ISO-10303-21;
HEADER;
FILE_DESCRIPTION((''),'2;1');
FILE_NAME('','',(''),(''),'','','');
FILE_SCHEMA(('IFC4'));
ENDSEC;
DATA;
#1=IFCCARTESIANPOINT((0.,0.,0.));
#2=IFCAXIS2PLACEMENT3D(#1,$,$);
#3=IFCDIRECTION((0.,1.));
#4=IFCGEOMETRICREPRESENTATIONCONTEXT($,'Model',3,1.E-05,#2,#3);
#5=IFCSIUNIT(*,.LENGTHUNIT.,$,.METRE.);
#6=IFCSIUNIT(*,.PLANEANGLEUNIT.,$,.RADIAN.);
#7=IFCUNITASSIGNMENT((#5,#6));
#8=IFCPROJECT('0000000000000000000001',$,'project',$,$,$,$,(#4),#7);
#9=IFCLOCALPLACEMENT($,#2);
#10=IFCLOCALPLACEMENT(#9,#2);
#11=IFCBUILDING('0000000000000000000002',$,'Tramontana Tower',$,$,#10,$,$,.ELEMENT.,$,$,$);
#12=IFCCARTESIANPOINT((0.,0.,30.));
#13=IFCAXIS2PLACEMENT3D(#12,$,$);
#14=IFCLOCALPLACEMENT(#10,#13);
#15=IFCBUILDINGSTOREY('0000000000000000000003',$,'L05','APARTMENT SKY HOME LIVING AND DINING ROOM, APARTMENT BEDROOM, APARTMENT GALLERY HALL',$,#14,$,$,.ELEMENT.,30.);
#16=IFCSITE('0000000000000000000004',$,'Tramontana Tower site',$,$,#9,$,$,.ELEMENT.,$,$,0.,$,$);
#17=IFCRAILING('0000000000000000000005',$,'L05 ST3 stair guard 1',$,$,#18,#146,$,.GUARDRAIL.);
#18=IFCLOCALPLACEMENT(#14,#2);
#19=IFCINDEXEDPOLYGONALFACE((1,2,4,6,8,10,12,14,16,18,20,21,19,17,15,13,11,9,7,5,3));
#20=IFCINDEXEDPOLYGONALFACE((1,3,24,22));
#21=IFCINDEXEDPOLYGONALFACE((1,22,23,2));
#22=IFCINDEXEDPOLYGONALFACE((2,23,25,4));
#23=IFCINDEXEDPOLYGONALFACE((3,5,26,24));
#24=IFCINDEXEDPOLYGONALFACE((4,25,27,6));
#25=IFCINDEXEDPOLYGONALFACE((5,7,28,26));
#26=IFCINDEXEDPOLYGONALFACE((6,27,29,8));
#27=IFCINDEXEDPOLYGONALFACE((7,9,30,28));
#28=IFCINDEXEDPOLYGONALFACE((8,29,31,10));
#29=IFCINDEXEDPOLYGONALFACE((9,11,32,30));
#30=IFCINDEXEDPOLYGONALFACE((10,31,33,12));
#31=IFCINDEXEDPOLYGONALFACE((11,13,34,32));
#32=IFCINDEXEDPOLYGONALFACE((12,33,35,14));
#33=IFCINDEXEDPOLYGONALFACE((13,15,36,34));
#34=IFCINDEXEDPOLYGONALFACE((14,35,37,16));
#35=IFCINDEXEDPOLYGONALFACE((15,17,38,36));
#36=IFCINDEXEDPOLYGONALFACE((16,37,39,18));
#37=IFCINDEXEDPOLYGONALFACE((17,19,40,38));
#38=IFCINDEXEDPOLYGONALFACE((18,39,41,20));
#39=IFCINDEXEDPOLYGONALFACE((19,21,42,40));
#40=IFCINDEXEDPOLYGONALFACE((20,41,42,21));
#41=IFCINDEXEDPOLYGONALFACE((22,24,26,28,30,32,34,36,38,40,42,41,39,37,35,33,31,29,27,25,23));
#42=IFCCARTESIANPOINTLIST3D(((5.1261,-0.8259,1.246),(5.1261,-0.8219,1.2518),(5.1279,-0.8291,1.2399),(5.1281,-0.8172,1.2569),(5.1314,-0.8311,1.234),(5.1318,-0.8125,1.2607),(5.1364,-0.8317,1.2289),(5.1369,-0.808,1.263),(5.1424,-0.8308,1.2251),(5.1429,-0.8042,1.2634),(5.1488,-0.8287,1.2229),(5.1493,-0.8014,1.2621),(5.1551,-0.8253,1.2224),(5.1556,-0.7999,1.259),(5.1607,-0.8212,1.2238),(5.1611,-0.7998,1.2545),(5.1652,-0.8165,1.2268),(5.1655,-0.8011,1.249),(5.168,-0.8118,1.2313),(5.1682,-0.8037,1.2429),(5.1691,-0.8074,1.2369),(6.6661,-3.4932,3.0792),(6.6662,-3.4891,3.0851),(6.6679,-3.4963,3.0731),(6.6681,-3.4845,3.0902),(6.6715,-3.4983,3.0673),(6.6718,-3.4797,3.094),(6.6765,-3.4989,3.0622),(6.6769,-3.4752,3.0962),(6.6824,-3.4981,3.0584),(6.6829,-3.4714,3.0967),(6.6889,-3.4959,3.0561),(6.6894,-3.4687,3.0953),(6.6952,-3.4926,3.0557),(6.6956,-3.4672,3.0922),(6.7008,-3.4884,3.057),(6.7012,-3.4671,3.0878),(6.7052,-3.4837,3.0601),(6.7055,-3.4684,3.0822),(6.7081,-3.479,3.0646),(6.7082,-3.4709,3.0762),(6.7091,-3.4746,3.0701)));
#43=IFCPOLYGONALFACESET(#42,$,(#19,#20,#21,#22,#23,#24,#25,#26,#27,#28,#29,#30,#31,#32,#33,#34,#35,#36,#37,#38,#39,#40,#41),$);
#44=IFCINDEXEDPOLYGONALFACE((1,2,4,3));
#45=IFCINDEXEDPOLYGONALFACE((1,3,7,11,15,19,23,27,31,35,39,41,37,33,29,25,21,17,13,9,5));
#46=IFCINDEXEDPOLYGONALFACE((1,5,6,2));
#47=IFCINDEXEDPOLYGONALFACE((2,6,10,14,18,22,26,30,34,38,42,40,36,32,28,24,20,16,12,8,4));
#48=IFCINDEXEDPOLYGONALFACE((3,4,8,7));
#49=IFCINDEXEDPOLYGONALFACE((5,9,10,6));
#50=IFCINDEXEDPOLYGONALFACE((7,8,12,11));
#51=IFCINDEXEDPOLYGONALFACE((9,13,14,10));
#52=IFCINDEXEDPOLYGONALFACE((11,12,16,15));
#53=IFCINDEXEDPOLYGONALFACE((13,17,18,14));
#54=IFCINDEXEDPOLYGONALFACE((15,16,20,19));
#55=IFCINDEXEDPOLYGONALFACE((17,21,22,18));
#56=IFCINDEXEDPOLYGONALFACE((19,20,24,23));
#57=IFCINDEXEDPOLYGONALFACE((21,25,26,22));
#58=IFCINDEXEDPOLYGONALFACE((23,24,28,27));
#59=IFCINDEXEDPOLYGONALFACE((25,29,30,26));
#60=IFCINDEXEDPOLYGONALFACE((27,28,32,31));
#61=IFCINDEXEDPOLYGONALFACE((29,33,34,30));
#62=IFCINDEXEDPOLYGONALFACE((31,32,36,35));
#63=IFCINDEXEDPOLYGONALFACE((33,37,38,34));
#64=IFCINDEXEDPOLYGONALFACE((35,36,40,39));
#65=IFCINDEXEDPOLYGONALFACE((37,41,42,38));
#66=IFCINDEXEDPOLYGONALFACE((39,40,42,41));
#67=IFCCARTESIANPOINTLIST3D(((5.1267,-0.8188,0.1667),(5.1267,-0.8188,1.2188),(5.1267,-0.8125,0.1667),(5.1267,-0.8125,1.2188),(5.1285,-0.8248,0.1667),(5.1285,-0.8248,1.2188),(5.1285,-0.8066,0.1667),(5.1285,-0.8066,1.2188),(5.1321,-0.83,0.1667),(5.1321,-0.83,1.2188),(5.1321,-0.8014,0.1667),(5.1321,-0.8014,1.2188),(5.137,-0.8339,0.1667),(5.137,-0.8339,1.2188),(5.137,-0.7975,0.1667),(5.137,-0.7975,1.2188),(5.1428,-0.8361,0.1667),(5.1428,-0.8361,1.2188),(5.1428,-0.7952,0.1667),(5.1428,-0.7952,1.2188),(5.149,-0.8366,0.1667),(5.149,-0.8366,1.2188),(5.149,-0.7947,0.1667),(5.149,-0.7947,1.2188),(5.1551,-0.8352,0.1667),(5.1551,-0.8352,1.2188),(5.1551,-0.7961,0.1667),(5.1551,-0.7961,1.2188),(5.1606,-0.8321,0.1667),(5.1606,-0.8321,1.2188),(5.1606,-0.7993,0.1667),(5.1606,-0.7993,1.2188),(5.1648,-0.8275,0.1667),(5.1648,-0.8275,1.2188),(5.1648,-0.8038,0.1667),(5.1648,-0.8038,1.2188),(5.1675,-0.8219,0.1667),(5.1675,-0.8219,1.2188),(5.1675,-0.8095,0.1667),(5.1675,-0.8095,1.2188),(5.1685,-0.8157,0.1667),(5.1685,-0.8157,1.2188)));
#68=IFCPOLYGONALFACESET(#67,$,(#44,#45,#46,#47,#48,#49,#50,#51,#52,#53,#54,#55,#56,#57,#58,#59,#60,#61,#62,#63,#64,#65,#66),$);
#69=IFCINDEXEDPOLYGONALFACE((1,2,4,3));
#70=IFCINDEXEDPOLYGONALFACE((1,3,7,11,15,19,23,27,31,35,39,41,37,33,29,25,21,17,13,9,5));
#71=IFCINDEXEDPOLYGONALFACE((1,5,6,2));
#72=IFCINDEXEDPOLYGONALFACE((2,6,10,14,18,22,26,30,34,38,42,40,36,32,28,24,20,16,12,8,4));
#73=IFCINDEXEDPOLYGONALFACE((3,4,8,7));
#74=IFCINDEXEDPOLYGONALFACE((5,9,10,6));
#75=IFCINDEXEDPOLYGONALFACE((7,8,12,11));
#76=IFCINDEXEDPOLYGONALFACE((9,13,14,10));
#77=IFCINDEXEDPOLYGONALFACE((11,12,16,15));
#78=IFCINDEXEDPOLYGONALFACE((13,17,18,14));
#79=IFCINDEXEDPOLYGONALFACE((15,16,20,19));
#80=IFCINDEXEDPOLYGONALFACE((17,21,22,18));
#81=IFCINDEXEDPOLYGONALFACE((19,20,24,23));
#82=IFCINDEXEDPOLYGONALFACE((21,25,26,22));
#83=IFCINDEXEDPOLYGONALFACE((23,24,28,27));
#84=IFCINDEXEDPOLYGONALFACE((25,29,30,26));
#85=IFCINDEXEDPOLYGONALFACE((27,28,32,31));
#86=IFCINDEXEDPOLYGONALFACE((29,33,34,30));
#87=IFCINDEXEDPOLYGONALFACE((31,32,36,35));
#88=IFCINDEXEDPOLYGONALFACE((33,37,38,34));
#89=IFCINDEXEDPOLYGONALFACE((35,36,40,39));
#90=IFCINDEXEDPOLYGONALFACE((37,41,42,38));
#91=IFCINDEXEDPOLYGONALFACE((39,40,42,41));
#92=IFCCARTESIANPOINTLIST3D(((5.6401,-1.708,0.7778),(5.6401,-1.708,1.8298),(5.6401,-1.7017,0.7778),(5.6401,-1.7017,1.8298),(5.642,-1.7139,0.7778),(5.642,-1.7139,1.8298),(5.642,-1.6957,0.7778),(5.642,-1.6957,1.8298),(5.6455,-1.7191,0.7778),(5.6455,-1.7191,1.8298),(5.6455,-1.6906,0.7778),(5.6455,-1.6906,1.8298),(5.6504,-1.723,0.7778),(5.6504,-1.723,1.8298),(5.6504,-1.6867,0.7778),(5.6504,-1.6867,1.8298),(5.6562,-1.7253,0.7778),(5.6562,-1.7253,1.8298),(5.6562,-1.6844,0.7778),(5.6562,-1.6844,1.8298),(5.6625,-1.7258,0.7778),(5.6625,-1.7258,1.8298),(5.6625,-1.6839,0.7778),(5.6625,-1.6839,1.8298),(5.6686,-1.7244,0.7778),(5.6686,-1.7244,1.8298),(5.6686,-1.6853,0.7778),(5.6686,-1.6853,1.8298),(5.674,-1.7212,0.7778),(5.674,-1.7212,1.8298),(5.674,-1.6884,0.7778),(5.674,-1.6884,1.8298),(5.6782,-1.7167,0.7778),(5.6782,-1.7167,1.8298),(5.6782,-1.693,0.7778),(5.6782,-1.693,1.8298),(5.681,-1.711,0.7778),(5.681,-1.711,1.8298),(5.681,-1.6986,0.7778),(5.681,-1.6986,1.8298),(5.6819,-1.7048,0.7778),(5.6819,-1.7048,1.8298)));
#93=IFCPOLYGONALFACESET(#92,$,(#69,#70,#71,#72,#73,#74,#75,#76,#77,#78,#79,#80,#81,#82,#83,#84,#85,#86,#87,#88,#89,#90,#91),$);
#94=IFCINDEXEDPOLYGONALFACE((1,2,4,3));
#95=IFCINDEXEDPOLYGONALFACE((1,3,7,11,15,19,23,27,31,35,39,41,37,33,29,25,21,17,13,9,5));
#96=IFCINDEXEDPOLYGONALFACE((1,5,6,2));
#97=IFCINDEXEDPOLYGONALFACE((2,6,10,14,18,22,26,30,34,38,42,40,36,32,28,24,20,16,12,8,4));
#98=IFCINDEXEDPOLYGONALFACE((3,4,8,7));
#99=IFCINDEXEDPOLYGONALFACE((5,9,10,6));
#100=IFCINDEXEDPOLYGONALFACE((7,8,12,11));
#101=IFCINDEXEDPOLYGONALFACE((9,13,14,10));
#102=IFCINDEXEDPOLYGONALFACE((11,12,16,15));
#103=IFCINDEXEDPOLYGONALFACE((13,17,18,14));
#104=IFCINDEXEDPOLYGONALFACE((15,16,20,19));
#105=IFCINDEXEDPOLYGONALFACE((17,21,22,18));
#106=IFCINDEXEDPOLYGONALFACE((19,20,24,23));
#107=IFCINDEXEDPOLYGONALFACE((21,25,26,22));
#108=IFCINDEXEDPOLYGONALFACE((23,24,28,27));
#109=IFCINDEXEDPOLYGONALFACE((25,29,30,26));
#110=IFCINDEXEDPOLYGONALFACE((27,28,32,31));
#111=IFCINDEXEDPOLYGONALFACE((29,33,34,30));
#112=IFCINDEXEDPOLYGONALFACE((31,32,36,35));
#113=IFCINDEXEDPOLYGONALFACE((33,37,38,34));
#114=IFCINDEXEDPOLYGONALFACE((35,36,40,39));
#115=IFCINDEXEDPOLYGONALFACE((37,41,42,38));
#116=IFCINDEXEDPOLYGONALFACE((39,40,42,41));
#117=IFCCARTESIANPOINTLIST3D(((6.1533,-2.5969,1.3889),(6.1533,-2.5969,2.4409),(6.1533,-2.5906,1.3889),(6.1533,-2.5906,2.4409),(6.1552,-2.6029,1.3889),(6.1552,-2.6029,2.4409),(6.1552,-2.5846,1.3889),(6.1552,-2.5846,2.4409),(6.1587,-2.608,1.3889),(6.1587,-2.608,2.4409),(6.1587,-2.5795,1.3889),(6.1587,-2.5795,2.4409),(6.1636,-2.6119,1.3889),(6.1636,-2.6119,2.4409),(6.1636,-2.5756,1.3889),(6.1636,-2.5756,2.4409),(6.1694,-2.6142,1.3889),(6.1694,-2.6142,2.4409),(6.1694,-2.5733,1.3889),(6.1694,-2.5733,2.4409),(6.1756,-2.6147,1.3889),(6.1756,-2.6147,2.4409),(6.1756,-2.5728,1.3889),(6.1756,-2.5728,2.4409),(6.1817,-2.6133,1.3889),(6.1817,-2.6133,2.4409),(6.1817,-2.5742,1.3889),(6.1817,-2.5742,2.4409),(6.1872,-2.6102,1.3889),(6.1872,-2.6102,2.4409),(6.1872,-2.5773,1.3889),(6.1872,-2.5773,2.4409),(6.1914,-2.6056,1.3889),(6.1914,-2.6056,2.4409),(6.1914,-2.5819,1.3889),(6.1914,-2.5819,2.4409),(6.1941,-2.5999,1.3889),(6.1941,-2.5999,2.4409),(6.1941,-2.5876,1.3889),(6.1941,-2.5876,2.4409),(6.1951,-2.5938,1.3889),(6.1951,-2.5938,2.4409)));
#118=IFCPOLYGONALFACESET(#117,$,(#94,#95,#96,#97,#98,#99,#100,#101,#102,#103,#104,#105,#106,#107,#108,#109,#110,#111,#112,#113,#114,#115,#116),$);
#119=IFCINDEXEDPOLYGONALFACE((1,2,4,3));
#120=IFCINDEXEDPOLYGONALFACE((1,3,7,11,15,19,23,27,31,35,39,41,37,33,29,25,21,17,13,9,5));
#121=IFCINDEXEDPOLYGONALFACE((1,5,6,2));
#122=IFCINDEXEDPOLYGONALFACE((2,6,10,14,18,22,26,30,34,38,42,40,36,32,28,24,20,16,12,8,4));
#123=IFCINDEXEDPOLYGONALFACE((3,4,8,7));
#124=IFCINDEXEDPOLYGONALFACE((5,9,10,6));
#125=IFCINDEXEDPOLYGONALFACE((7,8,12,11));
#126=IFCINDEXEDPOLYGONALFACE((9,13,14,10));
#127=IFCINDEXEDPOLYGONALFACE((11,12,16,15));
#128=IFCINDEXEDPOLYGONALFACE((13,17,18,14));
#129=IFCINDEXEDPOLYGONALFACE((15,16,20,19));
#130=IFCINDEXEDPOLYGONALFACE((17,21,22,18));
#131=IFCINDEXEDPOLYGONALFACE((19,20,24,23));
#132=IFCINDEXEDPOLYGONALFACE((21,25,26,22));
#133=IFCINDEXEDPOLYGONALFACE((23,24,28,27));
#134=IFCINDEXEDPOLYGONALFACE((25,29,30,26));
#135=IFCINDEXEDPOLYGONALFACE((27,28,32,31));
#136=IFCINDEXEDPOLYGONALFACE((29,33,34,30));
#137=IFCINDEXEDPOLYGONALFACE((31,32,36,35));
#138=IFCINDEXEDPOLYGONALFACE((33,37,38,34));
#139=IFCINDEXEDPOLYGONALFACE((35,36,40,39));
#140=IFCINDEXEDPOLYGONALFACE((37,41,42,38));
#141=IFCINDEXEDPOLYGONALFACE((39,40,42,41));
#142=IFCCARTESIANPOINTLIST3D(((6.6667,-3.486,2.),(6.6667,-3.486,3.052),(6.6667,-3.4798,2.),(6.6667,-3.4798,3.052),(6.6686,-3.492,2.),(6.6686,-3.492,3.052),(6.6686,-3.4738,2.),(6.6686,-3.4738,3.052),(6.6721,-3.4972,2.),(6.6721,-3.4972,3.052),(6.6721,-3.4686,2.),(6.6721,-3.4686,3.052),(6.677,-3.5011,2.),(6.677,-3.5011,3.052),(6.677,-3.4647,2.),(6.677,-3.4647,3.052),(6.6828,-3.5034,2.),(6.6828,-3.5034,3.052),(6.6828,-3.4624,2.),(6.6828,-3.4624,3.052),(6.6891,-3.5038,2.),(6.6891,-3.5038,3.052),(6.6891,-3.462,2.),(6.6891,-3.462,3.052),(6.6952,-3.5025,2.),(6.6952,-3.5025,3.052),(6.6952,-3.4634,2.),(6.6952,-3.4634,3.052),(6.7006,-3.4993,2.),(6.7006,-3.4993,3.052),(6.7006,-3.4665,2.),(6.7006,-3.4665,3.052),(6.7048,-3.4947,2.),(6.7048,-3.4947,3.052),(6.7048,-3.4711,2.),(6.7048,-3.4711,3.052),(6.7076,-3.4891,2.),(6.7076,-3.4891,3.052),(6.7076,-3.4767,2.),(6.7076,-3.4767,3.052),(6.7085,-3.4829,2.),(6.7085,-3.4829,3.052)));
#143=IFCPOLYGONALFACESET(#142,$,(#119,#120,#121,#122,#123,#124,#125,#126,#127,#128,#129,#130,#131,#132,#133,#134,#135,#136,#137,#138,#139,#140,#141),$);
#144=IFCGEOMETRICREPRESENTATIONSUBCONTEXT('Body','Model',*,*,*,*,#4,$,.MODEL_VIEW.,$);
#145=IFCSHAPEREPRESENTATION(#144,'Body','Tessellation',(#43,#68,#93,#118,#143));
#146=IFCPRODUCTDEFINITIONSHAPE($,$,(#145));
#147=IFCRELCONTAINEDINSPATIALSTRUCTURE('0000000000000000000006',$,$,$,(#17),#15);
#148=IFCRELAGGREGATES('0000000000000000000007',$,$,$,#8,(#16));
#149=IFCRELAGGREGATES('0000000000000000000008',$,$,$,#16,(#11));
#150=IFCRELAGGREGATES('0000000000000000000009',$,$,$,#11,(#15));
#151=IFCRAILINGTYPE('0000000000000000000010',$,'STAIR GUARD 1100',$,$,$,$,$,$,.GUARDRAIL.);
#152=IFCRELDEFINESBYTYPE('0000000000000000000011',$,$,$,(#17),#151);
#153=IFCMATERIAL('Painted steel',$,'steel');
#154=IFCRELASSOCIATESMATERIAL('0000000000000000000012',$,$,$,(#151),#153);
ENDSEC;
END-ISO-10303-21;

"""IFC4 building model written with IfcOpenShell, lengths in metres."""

from ifc_helpers import new_model, si_unit, direction, frame, origin, origin_2d, place, context, subcontext, project, spatial, circle, extrude, material, type_object, element, save


model = new_model("IFC4")

# Units and contexts
model_context = context("Model", 3, precision=1e-05, world=origin(), true_north=direction((0.0, 1.0)))
body_context = subcontext(model_context, "Body", "Model", "MODEL_VIEW")
ifc_project = project(units=[si_unit("LENGTHUNIT", "METRE"), si_unit("PLANEANGLEUNIT", "RADIAN")], contexts=[model_context])

# Site, building, storey
site_placement = place(None, origin())
site = spatial("IfcSite", under=ifc_project, at=site_placement, Name="Tramontana Tower site", CompositionType="ELEMENT", RefElevation=0.0)
building_placement = place(site_placement, origin())
building = spatial("IfcBuilding", under=site, at=building_placement, Name="Tramontana Tower", CompositionType="ELEMENT")
storey_placement = place(building_placement, frame((0.0, 0.0, 30.0)))
storey = spatial("IfcBuildingStorey", under=building, at=storey_placement, Name="L05", Description="APARTMENT SKY HOME LIVING AND DINING ROOM, APARTMENT BEDROOM, APARTMENT GALLERY HALL", CompositionType="ELEMENT", Elevation=30.0)

# Railing
ifc_material_1 = material(Name="Painted steel", Category="steel")
railing_type_1 = type_object("IfcRailingType", Name="STAIR GUARD 1100", PredefinedType="GUARDRAIL", material=ifc_material_1)
railing_1_placement = place(storey_placement, frame((5.1475, -0.8157, 0.1667)))
element("IfcRailing", 1, at=railing_1_placement, inside=storey, type_object=railing_type_1, Name="L05 ST3 stair guard 1", PredefinedType="GUARDRAIL", context=body_context, shape_type="SweptSolid", body=[
    extrude(circle(Radius=0.0239, at=origin_2d()), frame((0.0, 0.0, 1.0762), z_axis=(0.429671, -0.744159, 0.511478), x_axis=(0.86601, 0.500027, 0.0)), (0.0, 0.0, 1.0), 3.5842),
    extrude(circle(Radius=0.021, at=origin_2d()), origin(), (0.0, 0.0, 1.0), 1.052),
    extrude(circle(Radius=0.021, at=origin_2d()), frame((0.5134, -0.8892, 0.6111)), (0.0, 0.0, 1.0), 1.052),
    extrude(circle(Radius=0.021, at=origin_2d()), frame((1.0266, -1.7781, 1.2222)), (0.0, 0.0, 1.0), 1.052),
    extrude(circle(Radius=0.021, at=origin_2d()), frame((1.54, -2.6672, 1.8333)), (0.0, 0.0, 1.0), 1.052),
])

save(model, "model.ifc")
